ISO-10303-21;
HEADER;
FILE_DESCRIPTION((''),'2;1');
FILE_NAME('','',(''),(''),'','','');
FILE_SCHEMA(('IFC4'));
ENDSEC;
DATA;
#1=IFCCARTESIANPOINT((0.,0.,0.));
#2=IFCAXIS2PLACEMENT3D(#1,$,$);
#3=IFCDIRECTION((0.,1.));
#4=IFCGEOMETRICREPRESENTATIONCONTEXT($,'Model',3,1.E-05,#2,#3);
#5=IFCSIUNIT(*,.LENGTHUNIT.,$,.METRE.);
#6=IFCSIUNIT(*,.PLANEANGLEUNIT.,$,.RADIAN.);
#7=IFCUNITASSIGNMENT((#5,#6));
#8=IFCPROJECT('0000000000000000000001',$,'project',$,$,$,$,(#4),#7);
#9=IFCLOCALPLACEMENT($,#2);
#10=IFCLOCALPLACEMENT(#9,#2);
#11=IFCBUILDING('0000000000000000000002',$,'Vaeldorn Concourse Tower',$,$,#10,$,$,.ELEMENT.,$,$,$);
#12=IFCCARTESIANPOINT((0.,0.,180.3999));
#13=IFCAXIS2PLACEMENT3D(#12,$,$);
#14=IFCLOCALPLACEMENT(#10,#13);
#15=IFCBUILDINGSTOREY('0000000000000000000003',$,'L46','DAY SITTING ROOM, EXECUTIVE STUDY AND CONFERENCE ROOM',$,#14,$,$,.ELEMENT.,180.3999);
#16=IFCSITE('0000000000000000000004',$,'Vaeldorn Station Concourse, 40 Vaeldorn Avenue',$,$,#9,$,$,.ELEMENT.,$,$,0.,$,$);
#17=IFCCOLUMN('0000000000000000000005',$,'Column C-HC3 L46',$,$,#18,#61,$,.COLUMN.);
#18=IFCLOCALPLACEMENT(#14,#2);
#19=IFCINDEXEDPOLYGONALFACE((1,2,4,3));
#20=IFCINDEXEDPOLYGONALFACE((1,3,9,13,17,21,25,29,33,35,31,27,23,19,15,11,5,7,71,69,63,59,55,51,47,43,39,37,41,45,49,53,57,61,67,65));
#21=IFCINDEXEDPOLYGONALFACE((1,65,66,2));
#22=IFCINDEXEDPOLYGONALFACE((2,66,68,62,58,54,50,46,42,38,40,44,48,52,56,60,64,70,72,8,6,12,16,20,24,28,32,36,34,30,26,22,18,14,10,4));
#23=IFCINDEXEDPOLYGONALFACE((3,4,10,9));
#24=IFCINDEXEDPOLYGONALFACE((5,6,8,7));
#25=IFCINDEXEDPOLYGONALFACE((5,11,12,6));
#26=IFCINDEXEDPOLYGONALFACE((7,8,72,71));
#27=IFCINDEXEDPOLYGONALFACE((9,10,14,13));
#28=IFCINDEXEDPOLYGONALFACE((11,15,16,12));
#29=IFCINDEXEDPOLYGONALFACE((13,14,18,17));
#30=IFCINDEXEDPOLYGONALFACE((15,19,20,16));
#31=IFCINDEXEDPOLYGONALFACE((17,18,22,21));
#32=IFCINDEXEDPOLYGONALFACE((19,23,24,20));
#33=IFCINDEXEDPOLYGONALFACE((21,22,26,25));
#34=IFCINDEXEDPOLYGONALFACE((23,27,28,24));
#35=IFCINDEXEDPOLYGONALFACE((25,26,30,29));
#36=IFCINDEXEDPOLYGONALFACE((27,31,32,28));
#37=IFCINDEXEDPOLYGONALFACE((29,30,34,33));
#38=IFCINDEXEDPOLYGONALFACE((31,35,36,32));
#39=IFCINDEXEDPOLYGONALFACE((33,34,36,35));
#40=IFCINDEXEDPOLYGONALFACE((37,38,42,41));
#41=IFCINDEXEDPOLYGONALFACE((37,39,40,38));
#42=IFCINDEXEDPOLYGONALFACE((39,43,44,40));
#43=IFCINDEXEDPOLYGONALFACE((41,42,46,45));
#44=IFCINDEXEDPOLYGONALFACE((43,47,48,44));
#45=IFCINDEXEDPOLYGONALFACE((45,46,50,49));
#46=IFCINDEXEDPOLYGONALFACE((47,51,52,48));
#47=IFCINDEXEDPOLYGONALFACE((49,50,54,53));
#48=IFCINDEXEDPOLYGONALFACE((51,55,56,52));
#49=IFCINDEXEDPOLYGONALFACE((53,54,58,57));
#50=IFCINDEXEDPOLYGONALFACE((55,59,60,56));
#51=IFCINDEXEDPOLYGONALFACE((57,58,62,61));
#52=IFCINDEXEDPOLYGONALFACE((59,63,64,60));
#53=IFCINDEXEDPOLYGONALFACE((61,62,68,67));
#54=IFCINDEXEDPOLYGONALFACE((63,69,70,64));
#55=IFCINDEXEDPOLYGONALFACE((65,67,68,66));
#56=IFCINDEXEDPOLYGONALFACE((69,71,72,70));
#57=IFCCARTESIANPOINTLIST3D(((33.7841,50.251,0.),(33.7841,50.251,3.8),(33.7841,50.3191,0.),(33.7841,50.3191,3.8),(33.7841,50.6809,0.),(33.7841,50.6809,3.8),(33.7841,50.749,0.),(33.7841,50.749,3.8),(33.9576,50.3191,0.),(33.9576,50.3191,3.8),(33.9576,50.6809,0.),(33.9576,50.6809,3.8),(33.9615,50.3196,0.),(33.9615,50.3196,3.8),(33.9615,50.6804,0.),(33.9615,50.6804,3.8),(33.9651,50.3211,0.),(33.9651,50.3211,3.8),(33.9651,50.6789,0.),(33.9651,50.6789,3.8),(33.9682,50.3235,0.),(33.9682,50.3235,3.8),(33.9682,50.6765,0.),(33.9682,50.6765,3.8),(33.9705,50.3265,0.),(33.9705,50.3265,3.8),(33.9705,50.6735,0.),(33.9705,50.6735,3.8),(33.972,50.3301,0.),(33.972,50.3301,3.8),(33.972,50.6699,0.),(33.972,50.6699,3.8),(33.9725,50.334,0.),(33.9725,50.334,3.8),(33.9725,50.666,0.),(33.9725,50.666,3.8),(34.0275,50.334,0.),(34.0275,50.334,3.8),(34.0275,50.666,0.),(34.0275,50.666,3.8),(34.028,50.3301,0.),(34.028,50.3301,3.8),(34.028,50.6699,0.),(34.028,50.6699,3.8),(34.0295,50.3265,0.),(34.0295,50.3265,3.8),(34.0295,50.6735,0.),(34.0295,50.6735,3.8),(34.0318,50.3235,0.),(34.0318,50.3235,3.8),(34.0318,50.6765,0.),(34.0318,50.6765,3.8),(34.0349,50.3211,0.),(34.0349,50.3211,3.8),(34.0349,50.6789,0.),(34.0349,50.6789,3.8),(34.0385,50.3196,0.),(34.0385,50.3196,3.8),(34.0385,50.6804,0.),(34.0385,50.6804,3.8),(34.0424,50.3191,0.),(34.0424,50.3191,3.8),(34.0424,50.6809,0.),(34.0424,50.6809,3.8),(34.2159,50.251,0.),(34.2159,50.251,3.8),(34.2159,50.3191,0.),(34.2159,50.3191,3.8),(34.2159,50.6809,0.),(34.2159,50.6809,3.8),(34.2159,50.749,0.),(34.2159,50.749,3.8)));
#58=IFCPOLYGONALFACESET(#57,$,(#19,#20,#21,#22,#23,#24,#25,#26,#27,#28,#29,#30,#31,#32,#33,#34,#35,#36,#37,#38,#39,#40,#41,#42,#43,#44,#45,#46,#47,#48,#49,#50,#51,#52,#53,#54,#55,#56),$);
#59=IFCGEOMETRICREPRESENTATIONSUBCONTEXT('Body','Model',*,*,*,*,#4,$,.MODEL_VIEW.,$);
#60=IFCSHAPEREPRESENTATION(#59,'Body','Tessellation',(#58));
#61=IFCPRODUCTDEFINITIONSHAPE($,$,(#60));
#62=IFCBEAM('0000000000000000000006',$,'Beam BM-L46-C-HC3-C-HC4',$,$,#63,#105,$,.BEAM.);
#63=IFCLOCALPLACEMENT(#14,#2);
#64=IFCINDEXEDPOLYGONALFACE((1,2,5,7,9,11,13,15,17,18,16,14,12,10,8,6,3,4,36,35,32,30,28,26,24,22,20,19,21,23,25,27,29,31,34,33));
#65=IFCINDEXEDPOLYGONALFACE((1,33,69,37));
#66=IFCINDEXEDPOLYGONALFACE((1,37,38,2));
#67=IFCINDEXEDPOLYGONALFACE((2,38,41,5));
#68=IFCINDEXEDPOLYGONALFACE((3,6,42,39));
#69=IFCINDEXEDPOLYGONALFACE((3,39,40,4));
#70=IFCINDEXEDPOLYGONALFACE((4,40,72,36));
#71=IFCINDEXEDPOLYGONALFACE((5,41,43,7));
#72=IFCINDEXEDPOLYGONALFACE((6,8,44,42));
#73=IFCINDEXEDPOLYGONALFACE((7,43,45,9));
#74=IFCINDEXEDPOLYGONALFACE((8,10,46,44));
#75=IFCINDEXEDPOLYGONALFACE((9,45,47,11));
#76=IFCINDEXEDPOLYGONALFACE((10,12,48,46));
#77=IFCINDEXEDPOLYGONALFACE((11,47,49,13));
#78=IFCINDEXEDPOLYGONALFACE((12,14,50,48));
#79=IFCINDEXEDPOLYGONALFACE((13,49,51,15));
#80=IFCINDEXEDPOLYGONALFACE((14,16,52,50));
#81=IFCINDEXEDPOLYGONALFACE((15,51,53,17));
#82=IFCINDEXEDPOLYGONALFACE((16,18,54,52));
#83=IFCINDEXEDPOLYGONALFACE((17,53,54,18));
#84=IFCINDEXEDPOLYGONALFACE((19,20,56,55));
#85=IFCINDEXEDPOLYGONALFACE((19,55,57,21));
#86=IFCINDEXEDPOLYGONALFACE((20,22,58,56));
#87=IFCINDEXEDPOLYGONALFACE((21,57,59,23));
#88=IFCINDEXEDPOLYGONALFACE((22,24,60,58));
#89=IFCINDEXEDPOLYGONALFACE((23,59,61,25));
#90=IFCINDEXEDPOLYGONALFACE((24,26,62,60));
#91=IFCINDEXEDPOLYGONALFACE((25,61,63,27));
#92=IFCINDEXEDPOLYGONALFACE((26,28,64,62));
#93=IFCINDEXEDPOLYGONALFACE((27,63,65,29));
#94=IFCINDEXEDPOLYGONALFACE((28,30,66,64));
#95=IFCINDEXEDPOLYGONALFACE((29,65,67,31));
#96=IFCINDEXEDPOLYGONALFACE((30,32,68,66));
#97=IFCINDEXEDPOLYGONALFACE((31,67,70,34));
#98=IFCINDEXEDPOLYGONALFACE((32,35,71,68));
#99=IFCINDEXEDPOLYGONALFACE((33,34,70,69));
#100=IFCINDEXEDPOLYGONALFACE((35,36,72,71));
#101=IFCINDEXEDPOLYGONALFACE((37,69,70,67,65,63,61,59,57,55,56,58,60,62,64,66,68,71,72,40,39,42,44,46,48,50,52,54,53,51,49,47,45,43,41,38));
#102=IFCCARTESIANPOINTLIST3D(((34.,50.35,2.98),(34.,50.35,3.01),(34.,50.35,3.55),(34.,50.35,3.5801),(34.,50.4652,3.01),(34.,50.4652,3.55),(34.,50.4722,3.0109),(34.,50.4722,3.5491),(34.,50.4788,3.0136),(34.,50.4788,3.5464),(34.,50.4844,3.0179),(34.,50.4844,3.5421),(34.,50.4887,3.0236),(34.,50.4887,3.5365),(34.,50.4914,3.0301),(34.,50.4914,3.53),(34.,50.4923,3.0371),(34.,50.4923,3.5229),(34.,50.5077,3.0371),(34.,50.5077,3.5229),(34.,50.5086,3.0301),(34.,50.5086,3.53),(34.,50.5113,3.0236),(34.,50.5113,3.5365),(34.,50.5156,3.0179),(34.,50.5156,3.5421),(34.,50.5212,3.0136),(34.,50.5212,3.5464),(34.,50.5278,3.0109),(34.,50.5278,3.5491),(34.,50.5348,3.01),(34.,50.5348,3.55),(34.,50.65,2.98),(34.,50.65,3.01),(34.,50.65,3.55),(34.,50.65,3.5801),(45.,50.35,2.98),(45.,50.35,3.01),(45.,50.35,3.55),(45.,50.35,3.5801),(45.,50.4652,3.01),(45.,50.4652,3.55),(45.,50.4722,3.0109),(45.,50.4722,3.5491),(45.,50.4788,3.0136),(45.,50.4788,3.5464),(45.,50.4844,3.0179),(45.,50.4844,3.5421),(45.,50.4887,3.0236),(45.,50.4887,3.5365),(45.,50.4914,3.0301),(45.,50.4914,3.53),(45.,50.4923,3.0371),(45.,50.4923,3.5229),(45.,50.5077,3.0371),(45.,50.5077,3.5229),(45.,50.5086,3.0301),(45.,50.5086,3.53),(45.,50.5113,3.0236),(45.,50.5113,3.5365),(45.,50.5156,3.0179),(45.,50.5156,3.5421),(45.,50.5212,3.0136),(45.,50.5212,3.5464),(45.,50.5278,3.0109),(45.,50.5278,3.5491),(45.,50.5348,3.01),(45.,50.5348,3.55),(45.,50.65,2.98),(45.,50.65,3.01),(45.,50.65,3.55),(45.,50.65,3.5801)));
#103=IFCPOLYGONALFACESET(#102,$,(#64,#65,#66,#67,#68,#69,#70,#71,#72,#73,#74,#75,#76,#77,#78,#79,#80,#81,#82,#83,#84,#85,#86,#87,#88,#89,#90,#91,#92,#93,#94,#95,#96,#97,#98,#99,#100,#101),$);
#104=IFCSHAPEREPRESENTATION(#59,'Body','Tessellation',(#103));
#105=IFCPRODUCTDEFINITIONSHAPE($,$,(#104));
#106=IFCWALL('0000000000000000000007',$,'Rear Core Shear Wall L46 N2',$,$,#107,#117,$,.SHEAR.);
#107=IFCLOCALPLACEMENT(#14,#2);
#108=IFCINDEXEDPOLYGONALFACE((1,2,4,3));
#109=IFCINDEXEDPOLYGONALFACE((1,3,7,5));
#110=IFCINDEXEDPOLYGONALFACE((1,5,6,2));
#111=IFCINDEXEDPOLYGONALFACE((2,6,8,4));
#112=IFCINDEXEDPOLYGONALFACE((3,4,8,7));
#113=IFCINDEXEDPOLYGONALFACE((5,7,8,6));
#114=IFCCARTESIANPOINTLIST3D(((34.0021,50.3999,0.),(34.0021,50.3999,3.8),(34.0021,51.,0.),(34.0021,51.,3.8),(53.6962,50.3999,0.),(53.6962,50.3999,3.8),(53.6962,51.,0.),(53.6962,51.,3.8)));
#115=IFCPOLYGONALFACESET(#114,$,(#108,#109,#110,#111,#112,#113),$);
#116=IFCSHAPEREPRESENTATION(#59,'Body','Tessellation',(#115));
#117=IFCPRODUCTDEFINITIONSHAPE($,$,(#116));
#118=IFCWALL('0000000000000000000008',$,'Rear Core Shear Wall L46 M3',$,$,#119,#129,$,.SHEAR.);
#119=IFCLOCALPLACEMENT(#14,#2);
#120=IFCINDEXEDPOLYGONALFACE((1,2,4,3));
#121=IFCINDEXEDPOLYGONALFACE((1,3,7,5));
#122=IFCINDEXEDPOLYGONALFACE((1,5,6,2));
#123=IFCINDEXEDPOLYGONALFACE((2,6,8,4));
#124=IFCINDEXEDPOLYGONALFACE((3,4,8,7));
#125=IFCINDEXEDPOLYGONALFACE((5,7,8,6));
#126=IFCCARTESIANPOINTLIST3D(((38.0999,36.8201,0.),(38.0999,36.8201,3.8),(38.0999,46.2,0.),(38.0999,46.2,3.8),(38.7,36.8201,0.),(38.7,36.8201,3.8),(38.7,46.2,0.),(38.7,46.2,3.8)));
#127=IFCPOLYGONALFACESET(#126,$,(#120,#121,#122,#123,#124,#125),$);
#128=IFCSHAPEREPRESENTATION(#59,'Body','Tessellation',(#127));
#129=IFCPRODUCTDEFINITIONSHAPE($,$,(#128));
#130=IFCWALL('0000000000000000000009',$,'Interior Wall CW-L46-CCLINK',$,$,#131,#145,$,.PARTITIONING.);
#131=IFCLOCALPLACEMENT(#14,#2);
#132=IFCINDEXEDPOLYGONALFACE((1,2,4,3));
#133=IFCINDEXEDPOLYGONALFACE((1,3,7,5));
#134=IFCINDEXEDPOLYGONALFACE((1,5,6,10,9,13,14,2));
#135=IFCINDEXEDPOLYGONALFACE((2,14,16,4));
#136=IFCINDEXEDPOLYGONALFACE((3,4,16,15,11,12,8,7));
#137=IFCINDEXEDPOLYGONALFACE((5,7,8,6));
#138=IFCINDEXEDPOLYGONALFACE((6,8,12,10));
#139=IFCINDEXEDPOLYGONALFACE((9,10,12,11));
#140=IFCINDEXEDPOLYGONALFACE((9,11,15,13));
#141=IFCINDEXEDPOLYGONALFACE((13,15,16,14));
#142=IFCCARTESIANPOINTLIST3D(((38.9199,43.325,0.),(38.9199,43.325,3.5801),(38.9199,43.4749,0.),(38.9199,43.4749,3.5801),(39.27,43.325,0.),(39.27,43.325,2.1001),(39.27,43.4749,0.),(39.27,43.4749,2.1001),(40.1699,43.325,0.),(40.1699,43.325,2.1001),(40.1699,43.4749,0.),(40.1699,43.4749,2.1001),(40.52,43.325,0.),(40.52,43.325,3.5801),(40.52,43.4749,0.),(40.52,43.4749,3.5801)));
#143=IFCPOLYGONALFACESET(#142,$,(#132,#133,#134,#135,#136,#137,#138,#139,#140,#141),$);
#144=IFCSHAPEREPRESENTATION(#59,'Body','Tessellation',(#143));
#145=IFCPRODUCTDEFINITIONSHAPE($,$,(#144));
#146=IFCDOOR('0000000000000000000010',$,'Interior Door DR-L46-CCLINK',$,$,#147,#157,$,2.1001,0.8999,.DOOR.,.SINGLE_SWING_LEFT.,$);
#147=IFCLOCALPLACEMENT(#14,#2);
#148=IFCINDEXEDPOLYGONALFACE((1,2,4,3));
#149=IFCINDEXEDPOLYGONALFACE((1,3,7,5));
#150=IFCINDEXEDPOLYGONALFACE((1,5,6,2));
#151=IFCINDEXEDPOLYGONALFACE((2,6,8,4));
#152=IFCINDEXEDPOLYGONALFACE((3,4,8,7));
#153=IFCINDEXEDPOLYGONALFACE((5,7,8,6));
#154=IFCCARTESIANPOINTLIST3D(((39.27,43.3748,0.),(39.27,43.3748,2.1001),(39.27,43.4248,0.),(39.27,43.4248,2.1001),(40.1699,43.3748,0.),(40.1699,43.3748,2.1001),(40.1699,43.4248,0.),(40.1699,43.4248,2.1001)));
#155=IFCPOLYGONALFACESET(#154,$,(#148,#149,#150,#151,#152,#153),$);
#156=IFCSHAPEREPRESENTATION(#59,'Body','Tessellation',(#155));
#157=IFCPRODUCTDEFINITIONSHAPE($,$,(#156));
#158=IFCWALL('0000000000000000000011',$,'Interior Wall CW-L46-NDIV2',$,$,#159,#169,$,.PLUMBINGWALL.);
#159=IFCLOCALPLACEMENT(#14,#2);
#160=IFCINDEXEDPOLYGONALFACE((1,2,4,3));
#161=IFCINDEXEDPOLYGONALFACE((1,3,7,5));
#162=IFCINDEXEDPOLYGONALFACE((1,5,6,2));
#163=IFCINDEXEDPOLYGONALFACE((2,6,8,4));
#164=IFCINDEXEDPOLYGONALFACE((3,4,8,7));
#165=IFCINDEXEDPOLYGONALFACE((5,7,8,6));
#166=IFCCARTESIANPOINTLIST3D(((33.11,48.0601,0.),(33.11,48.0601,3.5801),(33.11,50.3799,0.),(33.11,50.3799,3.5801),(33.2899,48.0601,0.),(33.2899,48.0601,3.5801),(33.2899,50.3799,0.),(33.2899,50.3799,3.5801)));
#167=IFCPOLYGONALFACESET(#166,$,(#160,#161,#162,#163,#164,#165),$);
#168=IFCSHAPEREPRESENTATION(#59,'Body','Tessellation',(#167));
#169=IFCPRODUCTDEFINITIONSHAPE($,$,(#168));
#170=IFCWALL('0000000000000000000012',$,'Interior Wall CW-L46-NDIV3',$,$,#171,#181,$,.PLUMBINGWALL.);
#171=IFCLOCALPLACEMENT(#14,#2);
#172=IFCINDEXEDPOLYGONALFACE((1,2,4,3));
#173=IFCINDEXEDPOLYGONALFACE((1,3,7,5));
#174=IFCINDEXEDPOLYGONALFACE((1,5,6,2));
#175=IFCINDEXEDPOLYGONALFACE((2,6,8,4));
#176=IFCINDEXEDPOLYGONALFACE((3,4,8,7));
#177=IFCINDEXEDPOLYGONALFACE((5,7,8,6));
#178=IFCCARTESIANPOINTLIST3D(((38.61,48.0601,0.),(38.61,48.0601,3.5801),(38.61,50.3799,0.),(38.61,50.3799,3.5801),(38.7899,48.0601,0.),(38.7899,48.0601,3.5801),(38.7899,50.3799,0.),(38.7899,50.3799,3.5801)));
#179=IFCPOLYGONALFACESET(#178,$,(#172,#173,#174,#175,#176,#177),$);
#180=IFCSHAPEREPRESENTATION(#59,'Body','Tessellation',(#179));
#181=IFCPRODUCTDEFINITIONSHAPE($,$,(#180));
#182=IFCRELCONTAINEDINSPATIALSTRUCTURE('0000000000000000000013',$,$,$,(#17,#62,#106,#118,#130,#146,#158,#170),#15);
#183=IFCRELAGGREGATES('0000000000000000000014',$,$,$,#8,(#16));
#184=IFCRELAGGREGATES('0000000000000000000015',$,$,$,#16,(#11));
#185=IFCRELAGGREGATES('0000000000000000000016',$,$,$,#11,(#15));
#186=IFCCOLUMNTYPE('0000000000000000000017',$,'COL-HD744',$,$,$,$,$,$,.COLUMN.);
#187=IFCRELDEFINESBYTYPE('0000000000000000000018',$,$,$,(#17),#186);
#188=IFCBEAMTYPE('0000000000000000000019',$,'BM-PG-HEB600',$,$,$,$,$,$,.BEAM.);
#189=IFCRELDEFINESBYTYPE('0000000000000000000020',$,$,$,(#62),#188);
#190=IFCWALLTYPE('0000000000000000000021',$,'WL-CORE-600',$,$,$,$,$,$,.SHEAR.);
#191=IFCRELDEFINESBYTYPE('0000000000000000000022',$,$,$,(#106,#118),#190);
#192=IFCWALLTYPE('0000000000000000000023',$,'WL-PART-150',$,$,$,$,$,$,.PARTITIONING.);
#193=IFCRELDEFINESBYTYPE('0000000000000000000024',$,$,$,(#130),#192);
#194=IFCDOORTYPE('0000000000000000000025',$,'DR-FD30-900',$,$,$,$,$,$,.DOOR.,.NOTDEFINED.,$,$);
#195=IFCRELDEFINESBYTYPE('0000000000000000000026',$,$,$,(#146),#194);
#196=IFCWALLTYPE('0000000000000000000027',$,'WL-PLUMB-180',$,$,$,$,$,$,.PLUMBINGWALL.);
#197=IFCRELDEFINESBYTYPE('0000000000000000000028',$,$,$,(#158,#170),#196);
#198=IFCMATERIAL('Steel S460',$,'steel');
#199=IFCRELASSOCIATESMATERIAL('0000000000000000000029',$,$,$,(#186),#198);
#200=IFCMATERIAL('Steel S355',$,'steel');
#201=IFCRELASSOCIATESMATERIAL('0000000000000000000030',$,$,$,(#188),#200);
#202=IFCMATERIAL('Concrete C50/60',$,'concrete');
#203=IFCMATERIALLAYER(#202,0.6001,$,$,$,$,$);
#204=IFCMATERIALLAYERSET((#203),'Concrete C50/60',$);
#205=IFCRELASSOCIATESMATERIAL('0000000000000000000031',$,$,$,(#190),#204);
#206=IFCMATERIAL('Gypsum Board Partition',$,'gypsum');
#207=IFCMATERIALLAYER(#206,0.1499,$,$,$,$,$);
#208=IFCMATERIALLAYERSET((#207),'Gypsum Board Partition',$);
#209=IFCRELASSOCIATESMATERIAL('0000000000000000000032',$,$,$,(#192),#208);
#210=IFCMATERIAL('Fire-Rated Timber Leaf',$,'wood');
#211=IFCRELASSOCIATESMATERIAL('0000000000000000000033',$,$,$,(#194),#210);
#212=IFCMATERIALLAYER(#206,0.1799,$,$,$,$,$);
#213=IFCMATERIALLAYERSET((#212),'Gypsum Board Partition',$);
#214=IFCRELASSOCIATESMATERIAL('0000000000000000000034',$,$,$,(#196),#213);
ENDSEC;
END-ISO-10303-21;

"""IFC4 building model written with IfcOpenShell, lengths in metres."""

from ifc_helpers import new_model, si_unit, direction, frame, frame_2d, origin, origin_2d, place, context, subcontext, project, spatial, rectangle, i_section, extrude, source, transform, mapped, material, layer, layer_set, material_profile, profile_set, type_object, element, fill, save


model = new_model("IFC4")

# Units and contexts
model_context = context("Model", 3, precision=1e-05, world=origin(), true_north=direction((0.0, 1.0)))
body_context = subcontext(model_context, "Body", "Model", "MODEL_VIEW")
ifc_project = project(units=[si_unit("LENGTHUNIT", "METRE"), si_unit("PLANEANGLEUNIT", "RADIAN")], contexts=[model_context])

# Site, building, storey
site_placement = place(None, origin())
site = spatial("IfcSite", under=ifc_project, at=site_placement, Name="Vaeldorn Station Concourse, 40 Vaeldorn Avenue", CompositionType="ELEMENT", RefElevation=0.0)
building_placement = place(site_placement, origin())
building = spatial("IfcBuilding", under=site, at=building_placement, Name="Vaeldorn Concourse Tower", CompositionType="ELEMENT")
storey_placement = place(building_placement, frame((0.0, 0.0, 180.3999)))
storey = spatial("IfcBuildingStorey", under=building, at=storey_placement, Name="L46", Description="DAY SITTING ROOM, EXECUTIVE STUDY AND CONFERENCE ROOM", CompositionType="ELEMENT", Elevation=180.3999)

# Column
ifc_material_1 = material(Name="Steel S460", Category="steel")
ifc_material_profile_1 = material_profile(ifc_material_1, i_section(OverallWidth=0.4319, OverallDepth=0.498, WebThickness=0.0549, FlangeThickness=0.0681, FilletRadius=0.0149, at=origin_2d()), Name="HD 400x744")
ifc_profile_set_1 = profile_set([ifc_material_profile_1], Name="Steel S460")
column_type = type_object("IfcColumnType", Name="COL-HD744", PredefinedType="COLUMN", material=ifc_profile_set_1)
shared_shape_1 = source(origin(), body_context, "Body", "SweptSolid", [
    extrude(i_section(OverallWidth=0.4319, OverallDepth=0.498, WebThickness=0.0549, FlangeThickness=0.0681, FilletRadius=0.0149, at=origin_2d()), origin(), (0.0, 0.0, 1.0), 3.8),
])
column_placement = place(storey_placement, frame((34.0, 50.5, 0.0), z_axis=(0.0, 0.0, 1.0), x_axis=(1.0, 0.0, 0.0)))
element("IfcColumn", 1, at=column_placement, inside=storey, type_object=column_type, Name="Column C-HC3 L46", PredefinedType="COLUMN", context=body_context, shape_type="MappedRepresentation", body=[
    mapped(shared_shape_1, transform((0.0, 0.0, 0.0), scale=1.0)),
])

# Beam
ifc_material_2 = material(Name="Steel S355", Category="steel")
ifc_material_profile_2 = material_profile(ifc_material_2, i_section(OverallWidth=0.3, OverallDepth=0.6001, WebThickness=0.0154, FlangeThickness=0.03, FilletRadius=0.0271, at=origin_2d()), Name="HEB 600")
ifc_profile_set_2 = profile_set([ifc_material_profile_2], Name="Steel S355")
beam_type = type_object("IfcBeamType", Name="BM-PG-HEB600", PredefinedType="BEAM", material=ifc_profile_set_2)
shared_shape_2 = source(origin(), body_context, "Body", "SweptSolid", [
    extrude(i_section(OverallWidth=0.3, OverallDepth=0.6001, WebThickness=0.0154, FlangeThickness=0.03, FilletRadius=0.0271, at=origin_2d()), origin(), (0.0, 0.0, 1.0), 11.0),
])
beam_placement = place(storey_placement, frame((34.0, 50.5, 3.28), z_axis=(1.0, 0.0, 0.0), x_axis=(0.0, 1.0, 0.0)))
element("IfcBeam", 2, at=beam_placement, inside=storey, type_object=beam_type, Name="Beam BM-L46-C-HC3-C-HC4", PredefinedType="BEAM", context=body_context, shape_type="MappedRepresentation", body=[
    mapped(shared_shape_2, transform((0.0, 0.0, 0.0), scale=1.0)),
])

# Walls
ifc_material_3 = material(Name="Concrete C50/60", Category="concrete")
ifc_layer_1 = layer(ifc_material_3, 0.6001)
ifc_layer_set_1 = layer_set([ifc_layer_1], Name="Concrete C50/60")
wall_type_1 = type_object("IfcWallType", Name="WL-CORE-600", PredefinedType="SHEAR", material=ifc_layer_set_1)
wall_1_placement = place(storey_placement, frame((34.002, 50.7, 0.0), z_axis=(0.0, 0.0, 1.0), x_axis=(1.0, 0.0, 0.0)))
element("IfcWall", 3, at=wall_1_placement, inside=storey, type_object=wall_type_1, Name="Rear Core Shear Wall L46 N2", PredefinedType="SHEAR", context=body_context, shape_type="SweptSolid", body=[
    extrude(rectangle(XDim=19.6941, YDim=0.6001, at=frame_2d((9.8472, 0.0))), origin(), (0.0, 0.0, 1.0), 3.8),
])
wall_2_placement = place(storey_placement, frame((38.3999, 36.8201, 0.0), z_axis=(0.0, 0.0, 1.0), x_axis=(0.0, 1.0, 0.0)))
element("IfcWall", 4, at=wall_2_placement, inside=storey, type_object=wall_type_1, Name="Rear Core Shear Wall L46 M3", PredefinedType="SHEAR", context=body_context, shape_type="SweptSolid", body=[
    extrude(rectangle(XDim=9.3799, YDim=0.6001, at=frame_2d((4.6899, 0.0))), origin(), (0.0, 0.0, 1.0), 3.8),
])

# Wall, opening, door
ifc_material_4 = material(Name="Gypsum Board Partition", Category="gypsum")
ifc_layer_2 = layer(ifc_material_4, 0.1499)
ifc_layer_set_2 = layer_set([ifc_layer_2], Name="Gypsum Board Partition")
wall_type_2 = type_object("IfcWallType", Name="WL-PART-150", PredefinedType="PARTITIONING", material=ifc_layer_set_2)
wall_3_placement = place(storey_placement, frame((38.9199, 43.3999, 0.0), z_axis=(0.0, 0.0, 1.0), x_axis=(1.0, 0.0, 0.0)))
wall_3 = element("IfcWall", 5, at=wall_3_placement, inside=storey, type_object=wall_type_2, Name="Interior Wall CW-L46-CCLINK", PredefinedType="PARTITIONING", context=body_context, shape_type="SweptSolid", body=[
    extrude(rectangle(XDim=1.6001, YDim=0.1499, at=frame_2d((0.8, 0.0))), origin(), (0.0, 0.0, 1.0), 3.5801),
])
opening_1_placement = place(wall_3_placement, frame((0.3501, 0.0, 0.0)))
opening_1 = element("IfcOpeningElement", 6, at=opening_1_placement, cuts=wall_3, PredefinedType="OPENING", context=body_context, shape_type="SweptSolid", body=[
    extrude(rectangle(XDim=0.8999, YDim=2.1001, at=frame_2d((0.45, 1.05))), frame((0.0, 0.085, 0.0), z_axis=(0.0, -1.0, 0.0), x_axis=(1.0, 0.0, 0.0)), (0.0, 0.0, 1.0), 0.1699),
])
ifc_material_5 = material(Name="Fire-Rated Timber Leaf", Category="wood")
door_type_1 = type_object("IfcDoorType", Name="DR-FD30-900", OperationType="NOTDEFINED", PredefinedType="DOOR", material=ifc_material_5)
shared_shape_3 = source(origin(), body_context, "Body", "SweptSolid", [
    extrude(rectangle(XDim=0.8999, YDim=2.1001, at=frame_2d((0.45, 1.05))), frame((0.0, 0.0249, 0.0), z_axis=(0.0, -1.0, 0.0), x_axis=(1.0, 0.0, 0.0)), (0.0, 0.0, 1.0), 0.05),
])
door_1_placement = place(opening_1_placement, origin())
door_1 = element("IfcDoor", 7, at=door_1_placement, inside=storey, type_object=door_type_1, Name="Interior Door DR-L46-CCLINK", OperationType="SINGLE_SWING_LEFT", OverallHeight=2.1001, OverallWidth=0.8999, PredefinedType="DOOR", context=body_context, shape_type="MappedRepresentation", body=[
    mapped(shared_shape_3, transform((0.0, 0.0, 0.0), scale=1.0)),
])
fill(opening_1, door_1)

# Walls
ifc_layer_3 = layer(ifc_material_4, 0.1799)
ifc_layer_set_3 = layer_set([ifc_layer_3], Name="Gypsum Board Partition")
wall_type_3 = type_object("IfcWallType", Name="WL-PLUMB-180", PredefinedType="PLUMBINGWALL", material=ifc_layer_set_3)
for number, where, z_axis, x_axis, name in (
    (8, (33.2, 48.0601, 0.0), (0.0, 0.0, 1.0), (0.0, 1.0, 0.0), "Interior Wall CW-L46-NDIV2"),
    (9, (38.7, 48.0601, 0.0), (0.0, 0.0, 1.0), (0.0, 1.0, 0.0), "Interior Wall CW-L46-NDIV3"),
):
    element("IfcWall", number, at=place(storey_placement, frame(where, z_axis=z_axis, x_axis=x_axis)), inside=storey, type_object=wall_type_3, Name=name, PredefinedType="PLUMBINGWALL", context=body_context, shape_type="SweptSolid", body=[
        extrude(rectangle(XDim=2.3198, YDim=0.1799, at=frame_2d((1.1599, 0.0))), origin(), (0.0, 0.0, 1.0), 3.5801),
    ])

save(model, "model.ifc")
